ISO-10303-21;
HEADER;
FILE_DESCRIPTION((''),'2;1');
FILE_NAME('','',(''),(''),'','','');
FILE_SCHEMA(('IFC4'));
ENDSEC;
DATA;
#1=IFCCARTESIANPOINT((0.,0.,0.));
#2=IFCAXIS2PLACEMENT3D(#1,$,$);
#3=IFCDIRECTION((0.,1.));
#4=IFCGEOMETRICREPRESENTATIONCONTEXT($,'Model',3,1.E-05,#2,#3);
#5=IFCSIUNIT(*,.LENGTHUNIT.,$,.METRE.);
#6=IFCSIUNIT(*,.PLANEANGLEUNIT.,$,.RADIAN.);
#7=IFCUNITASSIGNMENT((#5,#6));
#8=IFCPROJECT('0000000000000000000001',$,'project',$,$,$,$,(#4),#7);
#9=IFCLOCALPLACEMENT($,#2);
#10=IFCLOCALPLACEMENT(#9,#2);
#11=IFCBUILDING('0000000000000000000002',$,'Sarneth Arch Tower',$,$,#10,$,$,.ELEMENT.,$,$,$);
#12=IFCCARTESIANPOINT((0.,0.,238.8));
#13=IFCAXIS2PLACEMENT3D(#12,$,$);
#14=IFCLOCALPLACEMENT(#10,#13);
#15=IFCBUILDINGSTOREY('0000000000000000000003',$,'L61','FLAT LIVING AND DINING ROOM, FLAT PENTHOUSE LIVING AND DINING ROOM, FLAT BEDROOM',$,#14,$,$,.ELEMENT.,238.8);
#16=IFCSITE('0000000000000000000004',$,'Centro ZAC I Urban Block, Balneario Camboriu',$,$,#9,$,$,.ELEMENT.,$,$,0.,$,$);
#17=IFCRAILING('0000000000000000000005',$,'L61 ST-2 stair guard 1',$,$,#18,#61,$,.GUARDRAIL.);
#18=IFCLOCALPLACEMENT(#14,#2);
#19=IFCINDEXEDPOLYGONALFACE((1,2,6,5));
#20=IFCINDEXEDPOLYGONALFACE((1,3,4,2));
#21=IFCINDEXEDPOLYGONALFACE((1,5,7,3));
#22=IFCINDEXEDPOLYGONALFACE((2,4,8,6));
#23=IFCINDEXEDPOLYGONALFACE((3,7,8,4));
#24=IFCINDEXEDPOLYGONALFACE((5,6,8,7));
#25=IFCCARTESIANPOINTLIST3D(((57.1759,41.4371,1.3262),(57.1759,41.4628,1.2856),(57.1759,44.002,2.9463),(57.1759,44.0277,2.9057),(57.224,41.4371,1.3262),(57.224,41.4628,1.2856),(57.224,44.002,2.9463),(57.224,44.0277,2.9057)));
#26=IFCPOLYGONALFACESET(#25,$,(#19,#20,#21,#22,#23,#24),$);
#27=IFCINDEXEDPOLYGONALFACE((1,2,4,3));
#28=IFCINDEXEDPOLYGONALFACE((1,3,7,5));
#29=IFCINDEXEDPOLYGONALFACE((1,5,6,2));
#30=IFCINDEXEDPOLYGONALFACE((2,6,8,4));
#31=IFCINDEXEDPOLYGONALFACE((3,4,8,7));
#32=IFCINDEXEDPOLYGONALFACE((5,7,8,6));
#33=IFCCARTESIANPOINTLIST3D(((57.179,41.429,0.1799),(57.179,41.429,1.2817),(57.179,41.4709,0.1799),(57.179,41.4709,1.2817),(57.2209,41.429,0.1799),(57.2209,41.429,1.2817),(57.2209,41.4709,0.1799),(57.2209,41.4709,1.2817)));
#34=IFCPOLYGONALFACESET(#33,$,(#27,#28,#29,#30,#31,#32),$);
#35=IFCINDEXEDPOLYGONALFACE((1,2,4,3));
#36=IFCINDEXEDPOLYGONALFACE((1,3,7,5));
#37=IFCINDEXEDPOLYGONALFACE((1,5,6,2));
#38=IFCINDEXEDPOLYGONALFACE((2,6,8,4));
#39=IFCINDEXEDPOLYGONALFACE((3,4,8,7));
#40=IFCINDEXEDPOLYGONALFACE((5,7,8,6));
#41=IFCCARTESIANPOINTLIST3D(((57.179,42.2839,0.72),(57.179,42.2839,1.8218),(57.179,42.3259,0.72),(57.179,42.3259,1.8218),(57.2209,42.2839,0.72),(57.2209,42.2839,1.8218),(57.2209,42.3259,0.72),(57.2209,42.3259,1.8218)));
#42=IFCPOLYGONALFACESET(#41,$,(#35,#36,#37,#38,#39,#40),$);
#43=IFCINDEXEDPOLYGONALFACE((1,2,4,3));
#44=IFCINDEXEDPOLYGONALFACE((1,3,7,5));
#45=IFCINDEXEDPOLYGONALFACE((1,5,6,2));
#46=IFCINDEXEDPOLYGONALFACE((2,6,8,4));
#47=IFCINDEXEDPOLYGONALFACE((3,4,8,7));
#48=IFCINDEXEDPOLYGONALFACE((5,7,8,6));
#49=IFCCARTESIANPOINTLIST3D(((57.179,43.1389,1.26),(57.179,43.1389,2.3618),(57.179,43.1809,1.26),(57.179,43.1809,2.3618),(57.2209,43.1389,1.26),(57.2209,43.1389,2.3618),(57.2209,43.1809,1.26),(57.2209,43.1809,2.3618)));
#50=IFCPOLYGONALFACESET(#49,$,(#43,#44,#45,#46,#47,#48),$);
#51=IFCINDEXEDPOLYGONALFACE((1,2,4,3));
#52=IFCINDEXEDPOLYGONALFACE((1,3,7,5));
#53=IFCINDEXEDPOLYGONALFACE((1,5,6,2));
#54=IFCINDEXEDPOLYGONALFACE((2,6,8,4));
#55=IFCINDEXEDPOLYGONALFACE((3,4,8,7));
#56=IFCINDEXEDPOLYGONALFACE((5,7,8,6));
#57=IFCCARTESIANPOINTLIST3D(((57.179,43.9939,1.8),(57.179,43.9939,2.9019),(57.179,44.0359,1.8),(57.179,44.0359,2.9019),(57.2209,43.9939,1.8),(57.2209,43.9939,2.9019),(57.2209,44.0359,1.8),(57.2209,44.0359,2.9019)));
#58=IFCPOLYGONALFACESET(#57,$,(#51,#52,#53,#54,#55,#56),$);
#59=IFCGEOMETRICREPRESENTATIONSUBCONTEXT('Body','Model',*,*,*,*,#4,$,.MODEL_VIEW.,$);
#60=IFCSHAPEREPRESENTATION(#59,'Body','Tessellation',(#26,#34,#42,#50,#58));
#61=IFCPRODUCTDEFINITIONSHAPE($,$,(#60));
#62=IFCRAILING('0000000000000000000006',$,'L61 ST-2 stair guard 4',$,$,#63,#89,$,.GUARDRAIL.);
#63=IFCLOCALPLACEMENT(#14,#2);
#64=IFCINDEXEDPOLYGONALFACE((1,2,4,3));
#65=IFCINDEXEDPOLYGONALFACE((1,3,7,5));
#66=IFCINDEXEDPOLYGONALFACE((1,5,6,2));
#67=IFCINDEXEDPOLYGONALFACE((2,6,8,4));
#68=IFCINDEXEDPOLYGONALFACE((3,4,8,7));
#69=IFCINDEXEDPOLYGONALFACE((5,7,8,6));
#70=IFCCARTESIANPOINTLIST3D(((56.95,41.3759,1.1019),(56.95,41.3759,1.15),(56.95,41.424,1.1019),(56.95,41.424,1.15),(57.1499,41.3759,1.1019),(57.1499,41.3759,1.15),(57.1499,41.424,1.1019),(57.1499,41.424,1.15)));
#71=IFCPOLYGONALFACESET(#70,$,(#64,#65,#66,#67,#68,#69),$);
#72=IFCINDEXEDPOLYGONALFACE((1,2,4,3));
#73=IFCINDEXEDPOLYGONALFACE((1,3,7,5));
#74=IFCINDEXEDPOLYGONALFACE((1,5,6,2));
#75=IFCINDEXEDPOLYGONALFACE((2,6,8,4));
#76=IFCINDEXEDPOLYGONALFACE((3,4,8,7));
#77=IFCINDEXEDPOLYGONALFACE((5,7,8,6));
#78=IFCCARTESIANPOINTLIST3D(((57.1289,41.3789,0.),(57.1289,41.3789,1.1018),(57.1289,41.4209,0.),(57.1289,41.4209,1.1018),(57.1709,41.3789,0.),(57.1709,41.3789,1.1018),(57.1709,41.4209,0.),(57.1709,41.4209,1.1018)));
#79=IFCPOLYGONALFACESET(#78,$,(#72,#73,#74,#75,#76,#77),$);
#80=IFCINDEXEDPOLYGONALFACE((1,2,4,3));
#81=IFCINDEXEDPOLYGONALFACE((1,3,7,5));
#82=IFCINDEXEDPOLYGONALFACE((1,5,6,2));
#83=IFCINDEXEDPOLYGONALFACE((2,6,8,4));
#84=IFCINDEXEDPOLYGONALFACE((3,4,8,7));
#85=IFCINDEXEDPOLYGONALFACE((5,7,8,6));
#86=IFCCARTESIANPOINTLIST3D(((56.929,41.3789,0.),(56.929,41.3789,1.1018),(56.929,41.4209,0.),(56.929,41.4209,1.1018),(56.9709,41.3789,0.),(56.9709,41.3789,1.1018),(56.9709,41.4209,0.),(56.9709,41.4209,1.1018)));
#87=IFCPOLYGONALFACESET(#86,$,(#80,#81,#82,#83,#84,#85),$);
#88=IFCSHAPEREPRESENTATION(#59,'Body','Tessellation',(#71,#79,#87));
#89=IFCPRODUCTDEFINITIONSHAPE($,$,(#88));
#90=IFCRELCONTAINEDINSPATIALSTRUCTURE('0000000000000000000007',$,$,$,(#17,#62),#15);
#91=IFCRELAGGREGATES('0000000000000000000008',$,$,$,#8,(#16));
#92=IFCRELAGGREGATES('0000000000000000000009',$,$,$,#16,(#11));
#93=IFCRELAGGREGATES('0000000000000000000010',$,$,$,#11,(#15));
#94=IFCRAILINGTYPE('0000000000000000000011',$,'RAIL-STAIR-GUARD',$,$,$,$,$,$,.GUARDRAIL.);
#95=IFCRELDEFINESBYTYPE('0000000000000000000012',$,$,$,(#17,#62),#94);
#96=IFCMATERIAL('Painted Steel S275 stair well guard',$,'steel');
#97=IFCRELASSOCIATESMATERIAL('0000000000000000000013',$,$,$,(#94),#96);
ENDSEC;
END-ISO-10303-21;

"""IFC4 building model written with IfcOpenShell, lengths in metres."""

from ifc_helpers import new_model, si_unit, direction, frame, origin, origin_2d, place, context, subcontext, project, spatial, rectangle, extrude, material, type_object, element, save


model = new_model("IFC4")

# Units and contexts
model_context = context("Model", 3, precision=1e-05, world=origin(), true_north=direction((0.0, 1.0)))
body_context = subcontext(model_context, "Body", "Model", "MODEL_VIEW")
ifc_project = project(units=[si_unit("LENGTHUNIT", "METRE"), si_unit("PLANEANGLEUNIT", "RADIAN")], contexts=[model_context])

# Site, building, storey
site_placement = place(None, origin())
site = spatial("IfcSite", under=ifc_project, at=site_placement, Name="Centro ZAC I Urban Block, Balneario Camboriu", CompositionType="ELEMENT", RefElevation=0.0)
building_placement = place(site_placement, origin())
building = spatial("IfcBuilding", under=site, at=building_placement, Name="Sarneth Arch Tower", CompositionType="ELEMENT")
storey_placement = place(building_placement, frame((0.0, 0.0, 238.8)))
storey = spatial("IfcBuildingStorey", under=building, at=storey_placement, Name="L61", Description="FLAT LIVING AND DINING ROOM, FLAT PENTHOUSE LIVING AND DINING ROOM, FLAT BEDROOM", CompositionType="ELEMENT", Elevation=238.8)

# Railings
ifc_material_1 = material(Name="Painted Steel S275 stair well guard", Category="steel")
railing_type_1 = type_object("IfcRailingType", Name="RAIL-STAIR-GUARD", PredefinedType="GUARDRAIL", material=ifc_material_1)
railing_1_placement = place(storey_placement, frame((57.2, 41.45, 0.1799)))
element("IfcRailing", 1, at=railing_1_placement, inside=storey, type_object=railing_type_1, Name="L61 ST-2 stair guard 1", PredefinedType="GUARDRAIL", context=body_context, shape_type="SweptSolid", body=[
    extrude(rectangle(XDim=0.0481, YDim=0.0481, at=origin_2d()), frame((0.0, 0.0, 1.126), z_axis=(0.0, 0.845466, 0.534029), x_axis=(-1.0, 0.0, 0.0)), (0.0, 0.0, 1.0), 3.0337),
    extrude(rectangle(XDim=0.042, YDim=0.042, at=origin_2d()), origin(), (0.0, 0.0, 1.0), 1.1018),
    extrude(rectangle(XDim=0.042, YDim=0.042, at=origin_2d()), frame((0.0, 0.855, 0.54)), (0.0, 0.0, 1.0), 1.1018),
    extrude(rectangle(XDim=0.042, YDim=0.042, at=origin_2d()), frame((0.0, 1.71, 1.0801)), (0.0, 0.0, 1.0), 1.1018),
    extrude(rectangle(XDim=0.042, YDim=0.042, at=origin_2d()), frame((0.0, 2.5649, 1.6201)), (0.0, 0.0, 1.0), 1.1018),
])
railing_2_placement = place(storey_placement, frame((57.1499, 41.3999, 0.0)))
element("IfcRailing", 2, at=railing_2_placement, inside=storey, type_object=railing_type_1, Name="L61 ST-2 stair guard 4", PredefinedType="GUARDRAIL", context=body_context, shape_type="SweptSolid", body=[
    extrude(rectangle(XDim=0.0481, YDim=0.0481, at=origin_2d()), frame((0.0, 0.0, 1.126), z_axis=(-1.0, 0.0, 0.0), x_axis=(0.0, -1.0, 0.0)), (0.0, 0.0, 1.0), 0.2),
    extrude(rectangle(XDim=0.042, YDim=0.042, at=origin_2d()), origin(), (0.0, 0.0, 1.0), 1.1018),
    extrude(rectangle(XDim=0.042, YDim=0.042, at=origin_2d()), frame((-0.2, 0.0, 0.0)), (0.0, 0.0, 1.0), 1.1018),
])

save(model, "model.ifc")
